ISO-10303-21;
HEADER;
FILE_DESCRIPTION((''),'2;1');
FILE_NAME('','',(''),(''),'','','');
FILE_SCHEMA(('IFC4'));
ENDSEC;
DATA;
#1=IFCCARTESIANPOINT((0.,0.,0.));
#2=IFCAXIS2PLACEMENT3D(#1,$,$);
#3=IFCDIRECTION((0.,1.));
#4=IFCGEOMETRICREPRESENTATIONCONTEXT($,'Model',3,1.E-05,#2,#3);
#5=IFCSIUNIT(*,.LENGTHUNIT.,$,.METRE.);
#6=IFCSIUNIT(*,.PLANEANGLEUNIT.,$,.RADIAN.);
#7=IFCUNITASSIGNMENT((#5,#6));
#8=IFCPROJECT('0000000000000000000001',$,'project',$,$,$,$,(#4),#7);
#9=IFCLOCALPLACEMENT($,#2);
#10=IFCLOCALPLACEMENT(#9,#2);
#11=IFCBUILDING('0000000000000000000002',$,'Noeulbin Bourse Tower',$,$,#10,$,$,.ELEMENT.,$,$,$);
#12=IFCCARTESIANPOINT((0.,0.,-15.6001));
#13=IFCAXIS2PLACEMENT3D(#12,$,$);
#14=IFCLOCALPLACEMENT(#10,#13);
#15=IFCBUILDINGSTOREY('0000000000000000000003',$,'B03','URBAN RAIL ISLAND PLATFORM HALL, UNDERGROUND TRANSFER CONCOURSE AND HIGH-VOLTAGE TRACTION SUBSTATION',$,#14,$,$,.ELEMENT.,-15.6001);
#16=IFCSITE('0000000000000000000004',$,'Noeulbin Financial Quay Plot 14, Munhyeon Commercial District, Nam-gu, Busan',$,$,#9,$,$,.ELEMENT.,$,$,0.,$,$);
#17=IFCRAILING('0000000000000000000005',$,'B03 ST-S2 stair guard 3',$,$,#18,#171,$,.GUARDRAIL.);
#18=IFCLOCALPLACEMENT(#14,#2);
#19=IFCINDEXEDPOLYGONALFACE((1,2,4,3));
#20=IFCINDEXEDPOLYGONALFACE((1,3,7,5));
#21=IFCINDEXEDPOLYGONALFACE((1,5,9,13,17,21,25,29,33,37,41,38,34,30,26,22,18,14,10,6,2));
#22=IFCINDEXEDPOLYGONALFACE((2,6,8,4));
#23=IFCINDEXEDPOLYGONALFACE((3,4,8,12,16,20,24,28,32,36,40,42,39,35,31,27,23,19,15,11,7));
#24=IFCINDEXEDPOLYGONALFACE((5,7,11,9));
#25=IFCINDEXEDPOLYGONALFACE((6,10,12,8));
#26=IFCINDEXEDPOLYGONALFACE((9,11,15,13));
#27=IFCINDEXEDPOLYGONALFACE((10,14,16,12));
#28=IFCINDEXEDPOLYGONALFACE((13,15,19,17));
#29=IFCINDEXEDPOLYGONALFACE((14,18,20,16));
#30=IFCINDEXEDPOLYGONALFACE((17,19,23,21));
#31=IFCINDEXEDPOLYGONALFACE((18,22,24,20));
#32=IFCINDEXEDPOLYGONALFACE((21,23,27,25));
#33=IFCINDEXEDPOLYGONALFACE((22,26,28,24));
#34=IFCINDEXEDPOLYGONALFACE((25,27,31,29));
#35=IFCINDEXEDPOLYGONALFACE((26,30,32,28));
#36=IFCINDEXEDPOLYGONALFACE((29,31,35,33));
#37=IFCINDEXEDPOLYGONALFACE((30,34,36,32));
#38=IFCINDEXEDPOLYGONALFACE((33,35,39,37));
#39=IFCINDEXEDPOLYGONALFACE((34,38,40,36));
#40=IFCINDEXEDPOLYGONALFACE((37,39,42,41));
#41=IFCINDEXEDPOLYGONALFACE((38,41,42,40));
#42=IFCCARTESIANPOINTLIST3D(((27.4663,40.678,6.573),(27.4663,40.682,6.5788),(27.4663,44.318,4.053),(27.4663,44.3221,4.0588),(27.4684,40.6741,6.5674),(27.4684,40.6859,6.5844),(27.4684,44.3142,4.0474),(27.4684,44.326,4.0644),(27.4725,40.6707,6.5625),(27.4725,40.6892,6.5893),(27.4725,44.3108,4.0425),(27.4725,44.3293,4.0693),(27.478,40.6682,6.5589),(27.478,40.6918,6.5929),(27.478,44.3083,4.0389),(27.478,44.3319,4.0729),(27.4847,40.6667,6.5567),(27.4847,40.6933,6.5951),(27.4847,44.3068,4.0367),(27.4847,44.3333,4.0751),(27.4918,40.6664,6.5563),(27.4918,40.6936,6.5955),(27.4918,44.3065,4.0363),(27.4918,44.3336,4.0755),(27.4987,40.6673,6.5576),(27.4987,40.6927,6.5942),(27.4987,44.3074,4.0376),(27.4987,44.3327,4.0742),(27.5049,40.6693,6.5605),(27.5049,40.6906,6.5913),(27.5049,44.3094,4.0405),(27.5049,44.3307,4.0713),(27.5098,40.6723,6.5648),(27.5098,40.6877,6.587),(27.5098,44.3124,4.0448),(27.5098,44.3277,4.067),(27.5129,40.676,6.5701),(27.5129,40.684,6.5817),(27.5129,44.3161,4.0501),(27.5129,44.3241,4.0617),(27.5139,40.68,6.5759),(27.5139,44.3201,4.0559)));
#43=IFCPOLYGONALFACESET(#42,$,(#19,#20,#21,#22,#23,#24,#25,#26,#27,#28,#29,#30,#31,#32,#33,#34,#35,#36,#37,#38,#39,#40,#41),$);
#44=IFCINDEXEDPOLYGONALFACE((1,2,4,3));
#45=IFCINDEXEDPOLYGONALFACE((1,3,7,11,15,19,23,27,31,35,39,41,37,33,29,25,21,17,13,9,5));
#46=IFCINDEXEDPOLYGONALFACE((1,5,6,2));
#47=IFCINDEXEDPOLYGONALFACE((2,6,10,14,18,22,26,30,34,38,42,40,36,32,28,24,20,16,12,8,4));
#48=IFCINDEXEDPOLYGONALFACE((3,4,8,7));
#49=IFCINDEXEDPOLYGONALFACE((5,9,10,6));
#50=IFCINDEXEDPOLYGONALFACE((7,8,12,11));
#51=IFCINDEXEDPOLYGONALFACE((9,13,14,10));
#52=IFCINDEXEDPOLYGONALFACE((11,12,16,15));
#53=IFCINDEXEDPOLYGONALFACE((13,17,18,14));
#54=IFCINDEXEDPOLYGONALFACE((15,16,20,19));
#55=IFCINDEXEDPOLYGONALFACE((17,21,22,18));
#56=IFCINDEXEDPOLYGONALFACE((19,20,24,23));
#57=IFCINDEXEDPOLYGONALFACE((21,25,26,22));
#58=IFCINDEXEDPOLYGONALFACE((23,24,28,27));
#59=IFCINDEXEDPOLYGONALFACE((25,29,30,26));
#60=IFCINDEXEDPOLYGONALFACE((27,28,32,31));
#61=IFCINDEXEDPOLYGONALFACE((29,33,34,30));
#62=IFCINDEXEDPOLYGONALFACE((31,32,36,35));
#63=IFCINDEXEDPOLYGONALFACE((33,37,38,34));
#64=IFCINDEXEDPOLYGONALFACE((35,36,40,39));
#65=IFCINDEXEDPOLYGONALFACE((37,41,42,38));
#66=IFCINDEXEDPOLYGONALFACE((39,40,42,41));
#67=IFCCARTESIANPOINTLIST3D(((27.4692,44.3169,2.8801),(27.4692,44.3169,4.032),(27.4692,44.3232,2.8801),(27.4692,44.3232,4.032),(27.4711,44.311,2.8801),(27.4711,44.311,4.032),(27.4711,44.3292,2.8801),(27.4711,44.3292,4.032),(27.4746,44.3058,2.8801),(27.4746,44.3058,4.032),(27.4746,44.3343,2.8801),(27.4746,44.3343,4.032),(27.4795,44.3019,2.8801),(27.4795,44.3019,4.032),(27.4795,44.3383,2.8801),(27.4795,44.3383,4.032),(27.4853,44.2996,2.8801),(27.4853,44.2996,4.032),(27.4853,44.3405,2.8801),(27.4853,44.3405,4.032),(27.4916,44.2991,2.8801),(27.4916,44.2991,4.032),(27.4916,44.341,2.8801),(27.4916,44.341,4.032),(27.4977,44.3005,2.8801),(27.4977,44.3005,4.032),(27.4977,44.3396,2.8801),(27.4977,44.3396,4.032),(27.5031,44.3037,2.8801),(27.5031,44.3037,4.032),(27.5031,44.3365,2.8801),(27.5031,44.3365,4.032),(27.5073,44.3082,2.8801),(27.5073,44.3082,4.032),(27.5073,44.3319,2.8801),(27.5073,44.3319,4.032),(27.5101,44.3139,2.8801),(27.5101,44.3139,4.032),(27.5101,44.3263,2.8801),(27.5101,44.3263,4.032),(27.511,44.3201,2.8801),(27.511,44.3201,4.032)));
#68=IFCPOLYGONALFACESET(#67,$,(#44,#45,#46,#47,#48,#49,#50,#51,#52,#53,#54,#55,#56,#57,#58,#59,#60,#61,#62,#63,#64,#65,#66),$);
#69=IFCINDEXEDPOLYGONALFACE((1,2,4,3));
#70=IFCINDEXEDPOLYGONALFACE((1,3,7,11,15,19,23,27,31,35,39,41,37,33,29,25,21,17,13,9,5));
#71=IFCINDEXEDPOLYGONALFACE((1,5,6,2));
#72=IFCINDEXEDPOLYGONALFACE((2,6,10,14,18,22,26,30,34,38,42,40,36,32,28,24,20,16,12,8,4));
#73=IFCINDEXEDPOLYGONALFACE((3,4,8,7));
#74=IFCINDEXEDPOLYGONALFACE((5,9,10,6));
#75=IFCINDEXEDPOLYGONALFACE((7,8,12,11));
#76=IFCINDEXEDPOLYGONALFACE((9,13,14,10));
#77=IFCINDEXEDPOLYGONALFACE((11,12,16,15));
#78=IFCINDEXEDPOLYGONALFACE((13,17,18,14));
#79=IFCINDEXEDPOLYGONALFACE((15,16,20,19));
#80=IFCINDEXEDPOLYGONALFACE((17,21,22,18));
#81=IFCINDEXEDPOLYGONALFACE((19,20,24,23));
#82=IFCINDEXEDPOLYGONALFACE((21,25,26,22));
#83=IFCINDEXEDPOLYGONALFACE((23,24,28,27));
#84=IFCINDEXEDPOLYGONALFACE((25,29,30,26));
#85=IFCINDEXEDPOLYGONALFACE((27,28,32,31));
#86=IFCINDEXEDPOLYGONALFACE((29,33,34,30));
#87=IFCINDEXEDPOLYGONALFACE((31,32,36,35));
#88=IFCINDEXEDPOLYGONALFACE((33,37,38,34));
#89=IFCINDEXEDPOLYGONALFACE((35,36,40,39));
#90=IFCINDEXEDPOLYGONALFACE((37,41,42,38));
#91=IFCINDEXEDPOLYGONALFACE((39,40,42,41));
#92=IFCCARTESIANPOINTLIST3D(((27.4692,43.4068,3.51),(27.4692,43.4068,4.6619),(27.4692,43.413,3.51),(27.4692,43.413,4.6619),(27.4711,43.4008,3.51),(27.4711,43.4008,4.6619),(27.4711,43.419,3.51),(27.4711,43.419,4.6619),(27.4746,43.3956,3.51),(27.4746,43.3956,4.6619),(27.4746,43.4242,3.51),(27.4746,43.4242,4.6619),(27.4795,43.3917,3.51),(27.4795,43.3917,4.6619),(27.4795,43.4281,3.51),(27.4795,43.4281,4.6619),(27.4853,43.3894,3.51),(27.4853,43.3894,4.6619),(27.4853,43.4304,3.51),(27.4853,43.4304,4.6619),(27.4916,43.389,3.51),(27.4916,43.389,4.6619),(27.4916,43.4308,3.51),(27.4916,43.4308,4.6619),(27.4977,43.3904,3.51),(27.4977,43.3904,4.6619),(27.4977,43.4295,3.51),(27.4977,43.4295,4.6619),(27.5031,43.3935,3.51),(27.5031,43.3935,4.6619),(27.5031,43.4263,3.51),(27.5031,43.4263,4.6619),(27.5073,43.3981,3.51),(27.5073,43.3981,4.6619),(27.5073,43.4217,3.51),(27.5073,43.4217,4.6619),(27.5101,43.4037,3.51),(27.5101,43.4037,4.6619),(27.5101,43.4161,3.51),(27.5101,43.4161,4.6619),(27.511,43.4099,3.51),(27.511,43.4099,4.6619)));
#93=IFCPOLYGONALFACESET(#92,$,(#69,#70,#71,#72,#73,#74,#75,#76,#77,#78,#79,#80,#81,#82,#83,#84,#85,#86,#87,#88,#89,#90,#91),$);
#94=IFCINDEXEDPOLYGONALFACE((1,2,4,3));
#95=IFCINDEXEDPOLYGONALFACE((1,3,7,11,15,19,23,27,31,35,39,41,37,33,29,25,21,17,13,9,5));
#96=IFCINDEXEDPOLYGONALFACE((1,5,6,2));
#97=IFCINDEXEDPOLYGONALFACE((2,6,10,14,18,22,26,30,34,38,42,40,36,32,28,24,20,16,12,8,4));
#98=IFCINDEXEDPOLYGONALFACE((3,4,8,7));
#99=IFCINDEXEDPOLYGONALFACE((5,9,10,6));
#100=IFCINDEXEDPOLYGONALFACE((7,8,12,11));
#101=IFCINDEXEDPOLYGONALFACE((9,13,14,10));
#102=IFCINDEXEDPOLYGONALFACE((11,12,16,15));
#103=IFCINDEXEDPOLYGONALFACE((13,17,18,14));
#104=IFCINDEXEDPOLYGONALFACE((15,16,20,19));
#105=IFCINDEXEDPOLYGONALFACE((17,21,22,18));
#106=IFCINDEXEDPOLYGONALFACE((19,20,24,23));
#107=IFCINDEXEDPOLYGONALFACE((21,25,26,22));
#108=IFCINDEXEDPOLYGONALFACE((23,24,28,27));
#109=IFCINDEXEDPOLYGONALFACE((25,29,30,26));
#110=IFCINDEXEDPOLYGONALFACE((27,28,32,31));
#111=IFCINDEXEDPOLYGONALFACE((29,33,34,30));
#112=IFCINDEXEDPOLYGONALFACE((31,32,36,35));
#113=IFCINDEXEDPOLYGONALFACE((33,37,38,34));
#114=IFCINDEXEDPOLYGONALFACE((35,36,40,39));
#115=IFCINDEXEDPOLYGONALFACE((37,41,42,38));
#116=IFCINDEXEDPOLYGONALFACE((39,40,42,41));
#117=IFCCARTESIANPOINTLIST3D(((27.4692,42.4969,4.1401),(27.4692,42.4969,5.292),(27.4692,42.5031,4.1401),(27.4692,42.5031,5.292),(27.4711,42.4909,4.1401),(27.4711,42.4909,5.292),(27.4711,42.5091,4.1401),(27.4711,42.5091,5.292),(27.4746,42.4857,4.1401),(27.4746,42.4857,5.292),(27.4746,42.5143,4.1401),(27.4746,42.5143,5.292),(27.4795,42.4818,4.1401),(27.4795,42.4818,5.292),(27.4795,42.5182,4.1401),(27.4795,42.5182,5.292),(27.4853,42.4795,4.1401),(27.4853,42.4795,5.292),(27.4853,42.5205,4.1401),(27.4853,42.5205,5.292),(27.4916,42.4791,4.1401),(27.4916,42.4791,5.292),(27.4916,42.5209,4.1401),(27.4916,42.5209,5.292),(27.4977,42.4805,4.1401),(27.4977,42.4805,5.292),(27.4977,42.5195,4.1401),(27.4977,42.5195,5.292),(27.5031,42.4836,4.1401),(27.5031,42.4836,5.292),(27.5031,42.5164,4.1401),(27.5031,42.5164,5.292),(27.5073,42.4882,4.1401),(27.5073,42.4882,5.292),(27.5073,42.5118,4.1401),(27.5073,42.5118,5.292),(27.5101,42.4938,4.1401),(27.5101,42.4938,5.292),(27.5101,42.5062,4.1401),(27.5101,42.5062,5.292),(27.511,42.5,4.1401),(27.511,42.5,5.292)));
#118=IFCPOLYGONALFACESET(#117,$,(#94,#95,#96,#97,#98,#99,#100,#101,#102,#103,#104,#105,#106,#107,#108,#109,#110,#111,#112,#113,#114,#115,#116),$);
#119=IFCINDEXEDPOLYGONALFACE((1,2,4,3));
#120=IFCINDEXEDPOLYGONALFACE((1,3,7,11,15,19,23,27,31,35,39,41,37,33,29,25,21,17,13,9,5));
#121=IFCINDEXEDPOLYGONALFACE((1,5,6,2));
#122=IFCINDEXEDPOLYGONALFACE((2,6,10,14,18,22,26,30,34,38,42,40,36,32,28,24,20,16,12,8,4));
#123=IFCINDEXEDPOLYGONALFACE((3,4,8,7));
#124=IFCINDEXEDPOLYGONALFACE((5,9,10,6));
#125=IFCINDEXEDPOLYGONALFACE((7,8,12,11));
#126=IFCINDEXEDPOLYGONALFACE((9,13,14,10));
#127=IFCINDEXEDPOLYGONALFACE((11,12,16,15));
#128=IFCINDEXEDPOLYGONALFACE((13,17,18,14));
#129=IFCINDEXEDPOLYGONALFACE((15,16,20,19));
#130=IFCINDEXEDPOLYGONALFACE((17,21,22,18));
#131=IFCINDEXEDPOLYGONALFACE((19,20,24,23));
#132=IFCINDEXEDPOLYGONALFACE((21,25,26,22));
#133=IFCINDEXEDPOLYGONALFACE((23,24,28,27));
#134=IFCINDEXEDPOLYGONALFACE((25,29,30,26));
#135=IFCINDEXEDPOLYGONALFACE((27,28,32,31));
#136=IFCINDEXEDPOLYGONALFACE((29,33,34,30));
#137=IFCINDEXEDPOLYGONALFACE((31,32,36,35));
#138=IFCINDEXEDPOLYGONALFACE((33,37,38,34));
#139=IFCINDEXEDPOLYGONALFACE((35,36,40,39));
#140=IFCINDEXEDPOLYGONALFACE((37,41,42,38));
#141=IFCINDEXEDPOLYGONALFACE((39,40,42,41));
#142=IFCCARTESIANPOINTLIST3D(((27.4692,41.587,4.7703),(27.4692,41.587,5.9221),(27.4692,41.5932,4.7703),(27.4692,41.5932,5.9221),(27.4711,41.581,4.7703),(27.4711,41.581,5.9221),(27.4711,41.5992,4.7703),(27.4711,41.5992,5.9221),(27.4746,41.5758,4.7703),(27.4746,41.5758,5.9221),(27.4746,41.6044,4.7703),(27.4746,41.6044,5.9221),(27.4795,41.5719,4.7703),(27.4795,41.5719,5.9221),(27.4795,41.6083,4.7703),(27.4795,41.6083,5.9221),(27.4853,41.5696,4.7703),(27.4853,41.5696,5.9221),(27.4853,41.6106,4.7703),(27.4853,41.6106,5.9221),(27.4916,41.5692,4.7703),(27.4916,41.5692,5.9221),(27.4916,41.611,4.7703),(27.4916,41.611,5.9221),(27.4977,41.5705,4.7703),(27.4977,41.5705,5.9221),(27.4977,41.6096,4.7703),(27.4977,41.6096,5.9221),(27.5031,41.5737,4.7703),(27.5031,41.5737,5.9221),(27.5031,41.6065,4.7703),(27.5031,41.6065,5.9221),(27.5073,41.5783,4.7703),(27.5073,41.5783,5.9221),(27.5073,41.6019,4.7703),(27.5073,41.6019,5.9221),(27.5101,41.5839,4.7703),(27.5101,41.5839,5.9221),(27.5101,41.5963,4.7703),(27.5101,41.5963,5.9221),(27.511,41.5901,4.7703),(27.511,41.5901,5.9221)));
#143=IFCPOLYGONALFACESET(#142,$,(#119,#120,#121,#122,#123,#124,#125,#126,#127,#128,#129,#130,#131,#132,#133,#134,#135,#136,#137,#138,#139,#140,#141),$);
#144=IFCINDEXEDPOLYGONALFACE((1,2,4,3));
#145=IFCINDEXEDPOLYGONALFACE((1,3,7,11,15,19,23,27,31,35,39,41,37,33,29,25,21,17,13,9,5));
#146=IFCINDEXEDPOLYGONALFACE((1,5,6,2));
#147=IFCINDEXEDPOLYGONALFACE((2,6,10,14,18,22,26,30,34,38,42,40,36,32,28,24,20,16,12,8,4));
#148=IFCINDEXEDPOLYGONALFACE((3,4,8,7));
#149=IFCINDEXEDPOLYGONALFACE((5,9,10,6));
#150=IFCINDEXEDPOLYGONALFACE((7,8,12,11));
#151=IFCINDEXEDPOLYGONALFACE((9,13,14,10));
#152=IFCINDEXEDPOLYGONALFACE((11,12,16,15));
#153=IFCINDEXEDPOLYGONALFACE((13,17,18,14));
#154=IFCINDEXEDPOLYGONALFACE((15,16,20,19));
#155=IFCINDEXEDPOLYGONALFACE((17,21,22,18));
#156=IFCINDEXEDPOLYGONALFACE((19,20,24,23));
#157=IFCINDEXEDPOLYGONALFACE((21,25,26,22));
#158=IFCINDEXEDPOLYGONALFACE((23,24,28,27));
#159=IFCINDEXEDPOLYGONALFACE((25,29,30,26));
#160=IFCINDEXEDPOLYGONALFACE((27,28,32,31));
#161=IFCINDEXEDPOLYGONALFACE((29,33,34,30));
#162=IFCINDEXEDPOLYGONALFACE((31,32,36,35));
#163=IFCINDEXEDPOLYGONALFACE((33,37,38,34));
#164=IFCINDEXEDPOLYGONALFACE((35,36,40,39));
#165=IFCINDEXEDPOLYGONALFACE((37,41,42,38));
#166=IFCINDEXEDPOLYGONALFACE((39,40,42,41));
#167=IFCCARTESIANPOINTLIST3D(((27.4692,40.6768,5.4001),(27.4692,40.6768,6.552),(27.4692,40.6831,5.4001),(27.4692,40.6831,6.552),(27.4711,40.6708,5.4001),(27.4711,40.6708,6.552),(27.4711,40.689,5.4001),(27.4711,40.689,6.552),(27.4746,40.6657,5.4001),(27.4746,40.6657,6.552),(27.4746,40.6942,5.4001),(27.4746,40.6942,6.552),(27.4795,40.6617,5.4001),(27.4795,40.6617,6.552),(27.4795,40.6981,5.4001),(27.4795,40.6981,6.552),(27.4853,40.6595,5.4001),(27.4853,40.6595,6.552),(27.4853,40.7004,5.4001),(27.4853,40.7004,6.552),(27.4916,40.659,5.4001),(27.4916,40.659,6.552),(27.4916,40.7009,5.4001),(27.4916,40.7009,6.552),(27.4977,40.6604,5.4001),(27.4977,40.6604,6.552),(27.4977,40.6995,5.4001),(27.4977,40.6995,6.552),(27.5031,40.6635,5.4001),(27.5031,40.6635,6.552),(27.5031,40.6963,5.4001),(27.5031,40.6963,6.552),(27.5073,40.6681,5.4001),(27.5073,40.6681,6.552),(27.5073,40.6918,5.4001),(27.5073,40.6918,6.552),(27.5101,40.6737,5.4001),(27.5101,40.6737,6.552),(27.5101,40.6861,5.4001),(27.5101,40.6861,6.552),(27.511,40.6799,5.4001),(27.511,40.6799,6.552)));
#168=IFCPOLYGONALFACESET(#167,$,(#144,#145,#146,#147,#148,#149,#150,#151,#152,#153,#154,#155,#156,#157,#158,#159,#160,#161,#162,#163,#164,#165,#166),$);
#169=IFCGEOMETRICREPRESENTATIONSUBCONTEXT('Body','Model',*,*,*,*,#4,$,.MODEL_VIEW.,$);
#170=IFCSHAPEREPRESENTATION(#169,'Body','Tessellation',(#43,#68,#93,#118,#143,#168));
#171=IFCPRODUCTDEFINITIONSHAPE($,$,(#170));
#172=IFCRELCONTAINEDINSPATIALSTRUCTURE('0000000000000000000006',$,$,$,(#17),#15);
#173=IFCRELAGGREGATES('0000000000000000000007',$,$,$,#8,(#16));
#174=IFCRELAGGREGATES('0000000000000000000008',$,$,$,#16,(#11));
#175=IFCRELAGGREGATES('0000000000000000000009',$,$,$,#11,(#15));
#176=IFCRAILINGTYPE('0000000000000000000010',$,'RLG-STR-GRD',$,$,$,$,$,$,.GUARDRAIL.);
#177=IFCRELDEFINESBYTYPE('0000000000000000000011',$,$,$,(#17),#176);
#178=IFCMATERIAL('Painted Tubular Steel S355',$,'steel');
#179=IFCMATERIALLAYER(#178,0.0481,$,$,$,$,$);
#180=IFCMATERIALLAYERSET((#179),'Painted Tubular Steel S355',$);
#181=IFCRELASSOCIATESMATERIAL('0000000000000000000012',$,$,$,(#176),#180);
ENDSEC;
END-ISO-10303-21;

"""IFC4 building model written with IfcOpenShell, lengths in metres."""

from ifc_helpers import new_model, si_unit, direction, frame, origin, origin_2d, place, context, subcontext, project, spatial, circle, extrude, material, layer, layer_set, type_object, element, save


model = new_model("IFC4")

# Units and contexts
model_context = context("Model", 3, precision=1e-05, world=origin(), true_north=direction((0.0, 1.0)))
body_context = subcontext(model_context, "Body", "Model", "MODEL_VIEW")
ifc_project = project(units=[si_unit("LENGTHUNIT", "METRE"), si_unit("PLANEANGLEUNIT", "RADIAN")], contexts=[model_context])

# Site, building, storey
site_placement = place(None, origin())
site = spatial("IfcSite", under=ifc_project, at=site_placement, Name="Noeulbin Financial Quay Plot 14, Munhyeon Commercial District, Nam-gu, Busan", CompositionType="ELEMENT", RefElevation=0.0)
building_placement = place(site_placement, origin())
building = spatial("IfcBuilding", under=site, at=building_placement, Name="Noeulbin Bourse Tower", CompositionType="ELEMENT")
storey_placement = place(building_placement, frame((0.0, 0.0, -15.6001)))
storey = spatial("IfcBuildingStorey", under=building, at=storey_placement, Name="B03", Description="URBAN RAIL ISLAND PLATFORM HALL, UNDERGROUND TRANSFER CONCOURSE AND HIGH-VOLTAGE TRACTION SUBSTATION", CompositionType="ELEMENT", Elevation=-15.6001)

# Railing
ifc_material_1 = material(Name="Painted Tubular Steel S355", Category="steel")
ifc_layer_1 = layer(ifc_material_1, 0.0481)
ifc_layer_set_1 = layer_set([ifc_layer_1], Name="Painted Tubular Steel S355")
railing_type_1 = type_object("IfcRailingType", Name="RLG-STR-GRD", PredefinedType="GUARDRAIL", material=ifc_layer_set_1)
railing_1_placement = place(storey_placement, frame((27.49, 44.3201, 2.8801)))
element("IfcRailing", 1, at=railing_1_placement, inside=storey, type_object=railing_type_1, Name="B03 ST-S2 stair guard 3", PredefinedType="GUARDRAIL", context=body_context, shape_type="SweptSolid", body=[
    extrude(circle(Radius=0.0239, at=origin_2d()), frame((0.0, 0.0, 1.1758), z_axis=(0.0, -0.8222, 0.569199), x_axis=(1.0, 0.0, 0.0)), (0.0, 0.0, 1.0), 4.4272),
    extrude(circle(Radius=0.021, at=origin_2d()), origin(), (0.0, 0.0, 1.0), 1.1519),
    extrude(circle(Radius=0.021, at=origin_2d()), frame((0.0, -0.9102, 0.6299)), (0.0, 0.0, 1.0), 1.1519),
    extrude(circle(Radius=0.021, at=origin_2d()), frame((0.0, -1.8201, 1.26)), (0.0, 0.0, 1.0), 1.1519),
    extrude(circle(Radius=0.021, at=origin_2d()), frame((0.0, -2.73, 1.8901)), (0.0, 0.0, 1.0), 1.1519),
    extrude(circle(Radius=0.021, at=origin_2d()), frame((0.0, -3.6401, 2.52)), (0.0, 0.0, 1.0), 1.1519),
])

save(model, "model.ifc")
